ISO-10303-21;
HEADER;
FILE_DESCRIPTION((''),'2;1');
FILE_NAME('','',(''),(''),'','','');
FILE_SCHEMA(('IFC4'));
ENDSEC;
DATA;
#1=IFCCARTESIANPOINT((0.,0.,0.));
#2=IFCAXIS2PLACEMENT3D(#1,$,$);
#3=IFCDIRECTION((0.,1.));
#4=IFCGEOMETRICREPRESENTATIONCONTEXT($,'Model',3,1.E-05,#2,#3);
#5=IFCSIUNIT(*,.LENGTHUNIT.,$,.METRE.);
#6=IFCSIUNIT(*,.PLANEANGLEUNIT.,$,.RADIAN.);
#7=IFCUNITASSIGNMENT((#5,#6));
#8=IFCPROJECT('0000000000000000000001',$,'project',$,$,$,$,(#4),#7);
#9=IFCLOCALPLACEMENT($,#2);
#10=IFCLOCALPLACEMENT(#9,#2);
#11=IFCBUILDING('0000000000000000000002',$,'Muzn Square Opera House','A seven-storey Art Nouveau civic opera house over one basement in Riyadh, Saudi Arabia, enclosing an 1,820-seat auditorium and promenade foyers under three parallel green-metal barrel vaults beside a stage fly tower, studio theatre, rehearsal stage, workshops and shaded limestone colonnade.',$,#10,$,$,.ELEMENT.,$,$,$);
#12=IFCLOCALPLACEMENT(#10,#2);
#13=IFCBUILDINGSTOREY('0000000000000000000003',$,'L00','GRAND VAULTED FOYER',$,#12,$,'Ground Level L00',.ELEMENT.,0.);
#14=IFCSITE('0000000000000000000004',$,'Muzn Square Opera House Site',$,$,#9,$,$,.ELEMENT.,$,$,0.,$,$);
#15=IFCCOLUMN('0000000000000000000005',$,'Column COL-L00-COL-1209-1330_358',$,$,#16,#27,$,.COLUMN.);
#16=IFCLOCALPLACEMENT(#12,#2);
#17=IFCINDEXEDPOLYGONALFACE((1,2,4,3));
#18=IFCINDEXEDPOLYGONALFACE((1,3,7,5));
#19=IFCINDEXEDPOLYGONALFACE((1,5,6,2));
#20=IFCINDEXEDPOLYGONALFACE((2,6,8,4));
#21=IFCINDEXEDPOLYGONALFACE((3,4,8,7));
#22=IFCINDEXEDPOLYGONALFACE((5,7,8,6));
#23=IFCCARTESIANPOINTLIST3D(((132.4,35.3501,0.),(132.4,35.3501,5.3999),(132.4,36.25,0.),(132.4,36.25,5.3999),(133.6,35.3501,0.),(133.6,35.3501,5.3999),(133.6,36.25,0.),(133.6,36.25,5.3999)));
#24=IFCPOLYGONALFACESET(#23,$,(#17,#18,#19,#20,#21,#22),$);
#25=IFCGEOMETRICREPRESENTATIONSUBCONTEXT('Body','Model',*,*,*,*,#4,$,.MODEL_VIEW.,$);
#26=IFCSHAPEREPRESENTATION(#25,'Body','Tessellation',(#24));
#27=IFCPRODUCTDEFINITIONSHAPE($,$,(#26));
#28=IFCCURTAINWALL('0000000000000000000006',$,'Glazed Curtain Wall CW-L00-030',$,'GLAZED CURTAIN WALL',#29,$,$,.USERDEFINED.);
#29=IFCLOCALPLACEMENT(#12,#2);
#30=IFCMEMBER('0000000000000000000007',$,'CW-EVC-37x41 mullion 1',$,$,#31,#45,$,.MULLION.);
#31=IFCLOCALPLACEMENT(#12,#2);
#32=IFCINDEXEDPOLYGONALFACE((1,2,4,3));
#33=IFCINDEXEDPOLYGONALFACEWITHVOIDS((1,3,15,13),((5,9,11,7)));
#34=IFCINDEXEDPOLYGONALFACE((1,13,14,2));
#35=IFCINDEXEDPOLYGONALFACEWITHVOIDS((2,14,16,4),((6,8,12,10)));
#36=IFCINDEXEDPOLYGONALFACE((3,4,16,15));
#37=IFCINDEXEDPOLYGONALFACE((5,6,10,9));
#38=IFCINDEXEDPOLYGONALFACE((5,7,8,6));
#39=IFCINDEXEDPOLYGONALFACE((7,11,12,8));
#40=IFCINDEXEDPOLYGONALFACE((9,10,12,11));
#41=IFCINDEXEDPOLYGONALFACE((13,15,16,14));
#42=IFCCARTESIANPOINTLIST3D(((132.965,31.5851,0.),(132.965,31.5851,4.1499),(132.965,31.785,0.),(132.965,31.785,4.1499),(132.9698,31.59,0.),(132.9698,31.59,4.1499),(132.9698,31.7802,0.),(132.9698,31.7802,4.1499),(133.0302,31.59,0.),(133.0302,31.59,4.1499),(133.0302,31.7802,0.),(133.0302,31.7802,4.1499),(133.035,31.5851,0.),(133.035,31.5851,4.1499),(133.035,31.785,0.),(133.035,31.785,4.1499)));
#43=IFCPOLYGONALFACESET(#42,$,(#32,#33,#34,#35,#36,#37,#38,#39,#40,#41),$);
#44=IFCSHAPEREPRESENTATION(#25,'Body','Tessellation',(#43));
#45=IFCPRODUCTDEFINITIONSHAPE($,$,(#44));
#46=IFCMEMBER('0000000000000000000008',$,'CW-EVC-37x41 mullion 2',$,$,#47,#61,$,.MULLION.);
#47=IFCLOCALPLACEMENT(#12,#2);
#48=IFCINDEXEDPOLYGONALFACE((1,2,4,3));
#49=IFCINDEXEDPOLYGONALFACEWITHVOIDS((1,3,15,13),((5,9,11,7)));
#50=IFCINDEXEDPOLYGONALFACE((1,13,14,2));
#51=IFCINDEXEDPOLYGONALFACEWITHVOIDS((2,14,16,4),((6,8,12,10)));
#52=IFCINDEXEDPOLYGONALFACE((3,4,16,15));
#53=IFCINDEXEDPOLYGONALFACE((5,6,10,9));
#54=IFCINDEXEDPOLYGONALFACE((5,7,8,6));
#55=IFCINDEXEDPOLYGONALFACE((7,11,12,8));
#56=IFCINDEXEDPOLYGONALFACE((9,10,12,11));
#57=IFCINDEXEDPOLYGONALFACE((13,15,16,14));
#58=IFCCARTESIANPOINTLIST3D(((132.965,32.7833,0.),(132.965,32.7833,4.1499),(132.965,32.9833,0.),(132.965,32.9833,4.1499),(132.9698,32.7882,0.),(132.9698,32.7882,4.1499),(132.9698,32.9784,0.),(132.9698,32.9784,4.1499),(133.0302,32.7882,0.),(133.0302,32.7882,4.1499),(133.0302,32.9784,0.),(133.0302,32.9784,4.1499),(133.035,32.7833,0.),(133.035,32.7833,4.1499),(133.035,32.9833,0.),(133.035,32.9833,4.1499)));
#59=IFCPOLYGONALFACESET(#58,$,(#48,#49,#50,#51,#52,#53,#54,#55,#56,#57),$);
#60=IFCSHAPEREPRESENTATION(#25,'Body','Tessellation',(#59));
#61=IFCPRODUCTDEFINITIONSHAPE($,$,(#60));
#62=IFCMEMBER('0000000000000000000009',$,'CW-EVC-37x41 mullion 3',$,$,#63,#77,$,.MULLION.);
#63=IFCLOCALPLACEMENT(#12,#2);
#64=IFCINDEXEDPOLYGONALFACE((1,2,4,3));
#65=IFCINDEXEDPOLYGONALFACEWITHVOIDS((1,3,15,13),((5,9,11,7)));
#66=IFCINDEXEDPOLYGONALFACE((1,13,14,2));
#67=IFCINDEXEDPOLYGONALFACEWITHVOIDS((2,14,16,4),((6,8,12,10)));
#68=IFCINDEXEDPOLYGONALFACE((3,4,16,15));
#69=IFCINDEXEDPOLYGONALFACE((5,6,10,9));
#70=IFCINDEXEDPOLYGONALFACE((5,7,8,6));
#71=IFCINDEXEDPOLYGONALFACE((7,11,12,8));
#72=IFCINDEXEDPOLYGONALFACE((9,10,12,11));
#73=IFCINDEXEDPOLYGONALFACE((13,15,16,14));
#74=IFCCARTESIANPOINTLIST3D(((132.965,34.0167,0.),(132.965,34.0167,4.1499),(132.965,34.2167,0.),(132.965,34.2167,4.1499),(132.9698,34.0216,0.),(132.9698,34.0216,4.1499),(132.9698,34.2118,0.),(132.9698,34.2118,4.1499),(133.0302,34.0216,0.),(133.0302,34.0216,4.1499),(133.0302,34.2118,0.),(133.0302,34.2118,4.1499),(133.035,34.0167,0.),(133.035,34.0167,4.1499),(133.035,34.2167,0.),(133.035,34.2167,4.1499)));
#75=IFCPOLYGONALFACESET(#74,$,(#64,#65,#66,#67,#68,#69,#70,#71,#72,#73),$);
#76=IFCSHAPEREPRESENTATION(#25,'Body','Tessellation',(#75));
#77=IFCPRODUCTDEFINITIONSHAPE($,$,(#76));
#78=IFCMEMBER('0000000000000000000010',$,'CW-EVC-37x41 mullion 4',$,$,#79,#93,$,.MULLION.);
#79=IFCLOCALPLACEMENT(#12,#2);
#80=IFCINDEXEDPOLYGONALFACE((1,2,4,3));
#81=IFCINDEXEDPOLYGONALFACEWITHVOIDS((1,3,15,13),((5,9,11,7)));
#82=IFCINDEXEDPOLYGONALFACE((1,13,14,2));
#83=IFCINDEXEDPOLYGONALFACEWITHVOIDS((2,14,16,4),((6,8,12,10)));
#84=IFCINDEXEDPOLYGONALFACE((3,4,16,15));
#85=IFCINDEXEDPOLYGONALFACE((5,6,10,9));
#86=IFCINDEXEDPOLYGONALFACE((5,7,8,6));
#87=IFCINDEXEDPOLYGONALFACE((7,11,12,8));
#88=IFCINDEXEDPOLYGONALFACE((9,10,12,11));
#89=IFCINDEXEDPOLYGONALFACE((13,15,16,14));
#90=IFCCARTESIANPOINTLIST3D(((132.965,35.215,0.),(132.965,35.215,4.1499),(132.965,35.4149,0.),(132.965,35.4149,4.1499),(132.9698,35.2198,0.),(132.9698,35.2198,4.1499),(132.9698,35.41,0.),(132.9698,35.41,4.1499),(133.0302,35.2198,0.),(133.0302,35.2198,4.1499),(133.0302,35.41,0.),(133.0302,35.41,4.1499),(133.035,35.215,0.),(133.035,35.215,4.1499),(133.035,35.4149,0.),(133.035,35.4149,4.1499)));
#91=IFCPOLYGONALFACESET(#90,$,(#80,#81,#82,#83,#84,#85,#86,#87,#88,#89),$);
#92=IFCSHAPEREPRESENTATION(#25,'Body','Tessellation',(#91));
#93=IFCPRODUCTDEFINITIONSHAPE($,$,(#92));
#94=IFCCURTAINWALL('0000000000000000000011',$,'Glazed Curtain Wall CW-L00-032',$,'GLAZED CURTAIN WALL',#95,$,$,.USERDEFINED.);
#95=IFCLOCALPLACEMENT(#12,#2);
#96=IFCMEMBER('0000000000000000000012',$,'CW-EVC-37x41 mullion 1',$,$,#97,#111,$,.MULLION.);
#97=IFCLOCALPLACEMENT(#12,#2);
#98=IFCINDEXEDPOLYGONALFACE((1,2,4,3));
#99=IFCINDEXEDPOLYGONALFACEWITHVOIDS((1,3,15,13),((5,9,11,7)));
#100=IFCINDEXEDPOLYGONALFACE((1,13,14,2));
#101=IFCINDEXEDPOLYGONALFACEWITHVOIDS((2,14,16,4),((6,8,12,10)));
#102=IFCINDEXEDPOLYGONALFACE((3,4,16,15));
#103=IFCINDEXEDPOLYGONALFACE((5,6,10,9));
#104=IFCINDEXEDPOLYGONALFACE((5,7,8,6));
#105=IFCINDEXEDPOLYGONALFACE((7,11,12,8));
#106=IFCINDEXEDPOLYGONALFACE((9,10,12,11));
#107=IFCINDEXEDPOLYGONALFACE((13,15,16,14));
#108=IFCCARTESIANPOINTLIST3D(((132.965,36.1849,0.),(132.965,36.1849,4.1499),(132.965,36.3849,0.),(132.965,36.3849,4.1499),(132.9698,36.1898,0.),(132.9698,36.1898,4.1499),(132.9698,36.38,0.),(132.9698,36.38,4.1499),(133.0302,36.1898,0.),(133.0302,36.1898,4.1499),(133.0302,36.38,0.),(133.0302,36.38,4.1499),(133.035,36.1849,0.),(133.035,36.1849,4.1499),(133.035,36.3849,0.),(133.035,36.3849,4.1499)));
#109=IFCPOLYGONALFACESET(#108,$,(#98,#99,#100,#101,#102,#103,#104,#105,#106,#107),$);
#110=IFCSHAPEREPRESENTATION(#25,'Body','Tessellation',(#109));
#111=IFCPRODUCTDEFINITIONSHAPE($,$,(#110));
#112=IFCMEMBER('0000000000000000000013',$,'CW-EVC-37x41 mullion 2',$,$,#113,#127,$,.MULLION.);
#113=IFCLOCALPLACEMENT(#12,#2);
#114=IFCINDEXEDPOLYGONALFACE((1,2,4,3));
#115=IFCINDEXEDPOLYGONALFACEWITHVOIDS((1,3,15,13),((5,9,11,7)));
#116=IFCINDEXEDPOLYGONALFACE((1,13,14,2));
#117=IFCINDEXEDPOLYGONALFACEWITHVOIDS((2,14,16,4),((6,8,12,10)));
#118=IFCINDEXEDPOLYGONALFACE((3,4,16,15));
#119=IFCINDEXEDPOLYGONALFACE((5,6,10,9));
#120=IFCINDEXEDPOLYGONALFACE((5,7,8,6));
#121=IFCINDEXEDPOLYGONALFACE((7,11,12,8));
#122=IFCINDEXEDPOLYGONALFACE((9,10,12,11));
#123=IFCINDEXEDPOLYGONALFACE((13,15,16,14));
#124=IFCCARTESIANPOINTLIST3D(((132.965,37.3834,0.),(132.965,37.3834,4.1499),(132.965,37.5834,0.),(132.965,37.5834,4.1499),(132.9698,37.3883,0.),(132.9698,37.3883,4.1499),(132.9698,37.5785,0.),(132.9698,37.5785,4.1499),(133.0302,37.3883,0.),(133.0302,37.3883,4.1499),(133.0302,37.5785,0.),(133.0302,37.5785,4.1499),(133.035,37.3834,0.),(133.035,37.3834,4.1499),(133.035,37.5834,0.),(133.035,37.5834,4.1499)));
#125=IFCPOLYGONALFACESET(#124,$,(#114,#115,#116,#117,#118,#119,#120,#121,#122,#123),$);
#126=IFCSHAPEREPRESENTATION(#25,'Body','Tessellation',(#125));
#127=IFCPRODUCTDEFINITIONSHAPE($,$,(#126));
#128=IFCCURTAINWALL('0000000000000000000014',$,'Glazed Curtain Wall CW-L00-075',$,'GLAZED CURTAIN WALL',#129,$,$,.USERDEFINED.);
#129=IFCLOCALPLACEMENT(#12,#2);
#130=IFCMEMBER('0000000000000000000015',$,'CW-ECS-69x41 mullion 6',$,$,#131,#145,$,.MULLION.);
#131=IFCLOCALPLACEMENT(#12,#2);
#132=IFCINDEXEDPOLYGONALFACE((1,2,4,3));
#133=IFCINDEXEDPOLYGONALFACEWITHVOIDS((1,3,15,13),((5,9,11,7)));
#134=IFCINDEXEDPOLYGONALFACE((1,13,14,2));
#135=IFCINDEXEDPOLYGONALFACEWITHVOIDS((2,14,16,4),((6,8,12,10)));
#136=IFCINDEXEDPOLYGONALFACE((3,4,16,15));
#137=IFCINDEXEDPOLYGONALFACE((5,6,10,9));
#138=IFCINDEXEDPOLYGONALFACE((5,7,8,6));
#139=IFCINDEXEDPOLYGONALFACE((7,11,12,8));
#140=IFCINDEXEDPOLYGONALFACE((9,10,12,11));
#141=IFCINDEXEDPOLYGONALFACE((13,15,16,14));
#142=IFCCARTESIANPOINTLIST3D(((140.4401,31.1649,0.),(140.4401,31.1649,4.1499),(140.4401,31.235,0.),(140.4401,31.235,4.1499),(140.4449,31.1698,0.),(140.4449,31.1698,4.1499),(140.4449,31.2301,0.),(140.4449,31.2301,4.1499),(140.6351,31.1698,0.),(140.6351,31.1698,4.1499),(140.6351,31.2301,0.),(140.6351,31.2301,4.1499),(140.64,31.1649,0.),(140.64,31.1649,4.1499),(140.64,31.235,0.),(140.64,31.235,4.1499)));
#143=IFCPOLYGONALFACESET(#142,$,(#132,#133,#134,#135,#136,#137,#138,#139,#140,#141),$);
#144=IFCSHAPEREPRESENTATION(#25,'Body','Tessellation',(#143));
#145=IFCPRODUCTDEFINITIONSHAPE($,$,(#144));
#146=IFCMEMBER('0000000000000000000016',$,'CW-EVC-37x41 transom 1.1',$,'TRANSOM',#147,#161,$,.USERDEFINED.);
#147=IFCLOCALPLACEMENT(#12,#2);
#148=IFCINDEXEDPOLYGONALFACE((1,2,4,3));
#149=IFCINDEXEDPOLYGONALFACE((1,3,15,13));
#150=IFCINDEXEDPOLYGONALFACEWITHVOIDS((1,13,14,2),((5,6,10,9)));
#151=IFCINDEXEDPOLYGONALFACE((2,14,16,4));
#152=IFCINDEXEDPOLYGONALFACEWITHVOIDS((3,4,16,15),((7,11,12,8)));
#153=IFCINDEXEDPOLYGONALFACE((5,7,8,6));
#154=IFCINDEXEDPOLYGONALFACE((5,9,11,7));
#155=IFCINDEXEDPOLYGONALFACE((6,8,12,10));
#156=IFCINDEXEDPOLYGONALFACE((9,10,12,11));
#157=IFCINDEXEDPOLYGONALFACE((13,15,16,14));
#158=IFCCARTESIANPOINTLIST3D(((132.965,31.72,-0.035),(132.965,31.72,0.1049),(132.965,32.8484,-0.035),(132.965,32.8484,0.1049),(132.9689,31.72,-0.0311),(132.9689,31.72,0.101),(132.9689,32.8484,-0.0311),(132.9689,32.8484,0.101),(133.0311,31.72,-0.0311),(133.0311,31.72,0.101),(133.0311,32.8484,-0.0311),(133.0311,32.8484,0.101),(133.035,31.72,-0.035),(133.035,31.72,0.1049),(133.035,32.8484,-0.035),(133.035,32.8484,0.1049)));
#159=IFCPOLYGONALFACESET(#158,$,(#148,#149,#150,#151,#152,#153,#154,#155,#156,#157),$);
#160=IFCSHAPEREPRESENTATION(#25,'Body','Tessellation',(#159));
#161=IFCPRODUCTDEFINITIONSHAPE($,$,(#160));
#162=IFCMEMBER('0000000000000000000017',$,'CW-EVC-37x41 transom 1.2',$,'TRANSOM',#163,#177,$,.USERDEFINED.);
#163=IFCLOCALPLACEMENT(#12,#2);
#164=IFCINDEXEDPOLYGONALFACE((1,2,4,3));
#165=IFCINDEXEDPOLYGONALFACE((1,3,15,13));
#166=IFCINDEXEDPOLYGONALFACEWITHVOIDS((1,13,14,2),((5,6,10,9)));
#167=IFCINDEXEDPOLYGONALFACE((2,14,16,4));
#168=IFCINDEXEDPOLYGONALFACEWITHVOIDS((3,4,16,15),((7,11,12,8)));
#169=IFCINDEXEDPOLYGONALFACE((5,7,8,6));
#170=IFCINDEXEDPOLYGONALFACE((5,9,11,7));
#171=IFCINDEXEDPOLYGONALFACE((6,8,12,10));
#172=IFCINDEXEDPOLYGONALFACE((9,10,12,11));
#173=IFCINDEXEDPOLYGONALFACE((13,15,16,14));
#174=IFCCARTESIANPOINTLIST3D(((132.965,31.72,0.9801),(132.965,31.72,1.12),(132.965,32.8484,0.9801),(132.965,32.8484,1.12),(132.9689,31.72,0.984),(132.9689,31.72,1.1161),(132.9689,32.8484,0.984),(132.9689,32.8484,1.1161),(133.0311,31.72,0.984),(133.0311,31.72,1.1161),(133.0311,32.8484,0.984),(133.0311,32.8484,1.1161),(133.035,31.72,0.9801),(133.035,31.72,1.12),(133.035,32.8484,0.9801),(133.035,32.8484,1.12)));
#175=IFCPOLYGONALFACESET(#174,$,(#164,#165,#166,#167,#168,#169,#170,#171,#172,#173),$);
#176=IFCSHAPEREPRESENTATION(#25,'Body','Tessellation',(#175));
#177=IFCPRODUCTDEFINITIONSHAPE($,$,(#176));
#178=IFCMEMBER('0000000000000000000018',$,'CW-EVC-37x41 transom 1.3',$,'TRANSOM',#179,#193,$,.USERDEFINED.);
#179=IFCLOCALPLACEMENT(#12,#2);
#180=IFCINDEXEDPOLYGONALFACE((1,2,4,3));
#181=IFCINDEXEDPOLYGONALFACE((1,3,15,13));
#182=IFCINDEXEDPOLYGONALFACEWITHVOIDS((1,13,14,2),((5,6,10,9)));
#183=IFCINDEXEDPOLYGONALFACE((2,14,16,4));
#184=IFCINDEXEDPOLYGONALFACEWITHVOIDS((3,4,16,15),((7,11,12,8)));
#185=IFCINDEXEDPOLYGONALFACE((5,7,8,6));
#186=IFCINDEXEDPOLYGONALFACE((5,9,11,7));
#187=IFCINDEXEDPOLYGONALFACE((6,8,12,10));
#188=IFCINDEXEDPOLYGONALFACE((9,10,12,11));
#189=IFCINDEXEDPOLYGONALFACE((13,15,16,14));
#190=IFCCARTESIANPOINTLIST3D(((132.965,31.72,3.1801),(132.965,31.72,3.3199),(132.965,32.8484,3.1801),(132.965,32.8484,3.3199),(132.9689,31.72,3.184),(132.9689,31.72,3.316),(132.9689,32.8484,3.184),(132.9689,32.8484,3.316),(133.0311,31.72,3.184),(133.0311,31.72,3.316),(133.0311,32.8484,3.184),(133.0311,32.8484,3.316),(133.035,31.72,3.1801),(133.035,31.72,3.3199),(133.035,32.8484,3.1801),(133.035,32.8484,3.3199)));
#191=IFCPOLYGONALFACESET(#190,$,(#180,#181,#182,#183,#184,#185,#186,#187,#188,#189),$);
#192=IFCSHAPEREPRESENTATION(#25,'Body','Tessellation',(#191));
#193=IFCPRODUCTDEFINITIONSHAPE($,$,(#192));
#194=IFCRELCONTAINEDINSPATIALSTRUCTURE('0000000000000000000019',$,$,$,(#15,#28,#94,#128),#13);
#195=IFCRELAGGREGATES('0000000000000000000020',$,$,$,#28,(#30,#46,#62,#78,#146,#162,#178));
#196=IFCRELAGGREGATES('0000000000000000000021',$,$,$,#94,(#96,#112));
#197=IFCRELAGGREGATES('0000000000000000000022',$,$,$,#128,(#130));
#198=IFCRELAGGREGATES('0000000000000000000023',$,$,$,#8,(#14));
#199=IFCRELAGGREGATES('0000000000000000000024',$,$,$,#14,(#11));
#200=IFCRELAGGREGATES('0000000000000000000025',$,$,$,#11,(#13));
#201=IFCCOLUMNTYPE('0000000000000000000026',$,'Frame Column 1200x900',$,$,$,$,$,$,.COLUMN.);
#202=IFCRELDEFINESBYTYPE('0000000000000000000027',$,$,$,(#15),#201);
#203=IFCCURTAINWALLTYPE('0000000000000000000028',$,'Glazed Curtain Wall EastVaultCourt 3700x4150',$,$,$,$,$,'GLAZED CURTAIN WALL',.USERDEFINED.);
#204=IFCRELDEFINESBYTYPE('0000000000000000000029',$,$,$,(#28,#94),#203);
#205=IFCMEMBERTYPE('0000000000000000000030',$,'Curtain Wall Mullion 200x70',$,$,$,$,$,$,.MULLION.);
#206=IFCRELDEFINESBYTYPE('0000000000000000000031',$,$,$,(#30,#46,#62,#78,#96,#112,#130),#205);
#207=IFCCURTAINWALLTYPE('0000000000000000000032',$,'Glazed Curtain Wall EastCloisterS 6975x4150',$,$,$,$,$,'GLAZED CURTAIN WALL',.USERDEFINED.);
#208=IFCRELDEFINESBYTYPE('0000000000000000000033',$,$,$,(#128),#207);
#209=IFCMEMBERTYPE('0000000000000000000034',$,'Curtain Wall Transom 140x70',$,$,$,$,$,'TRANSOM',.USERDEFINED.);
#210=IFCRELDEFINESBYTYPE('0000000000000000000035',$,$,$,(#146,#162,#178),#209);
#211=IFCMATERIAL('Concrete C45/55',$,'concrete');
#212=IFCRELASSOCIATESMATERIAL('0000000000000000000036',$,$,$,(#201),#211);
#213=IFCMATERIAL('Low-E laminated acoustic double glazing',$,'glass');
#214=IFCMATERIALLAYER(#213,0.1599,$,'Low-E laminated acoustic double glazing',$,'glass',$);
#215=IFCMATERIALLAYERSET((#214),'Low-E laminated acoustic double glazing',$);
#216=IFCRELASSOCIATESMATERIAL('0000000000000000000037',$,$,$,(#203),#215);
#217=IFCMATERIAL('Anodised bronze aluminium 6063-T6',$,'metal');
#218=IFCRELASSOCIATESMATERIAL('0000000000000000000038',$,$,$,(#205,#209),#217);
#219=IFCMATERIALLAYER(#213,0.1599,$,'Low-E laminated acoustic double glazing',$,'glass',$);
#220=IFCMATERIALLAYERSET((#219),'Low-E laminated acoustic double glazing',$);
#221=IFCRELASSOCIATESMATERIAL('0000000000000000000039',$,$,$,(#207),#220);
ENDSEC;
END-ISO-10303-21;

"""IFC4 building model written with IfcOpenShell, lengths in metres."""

from ifc_helpers import new_model, si_unit, direction, frame, origin, origin_2d, place, context, subcontext, project, spatial, rectangle, hollow_rectangle, extrude, material, layer, layer_set, material_profile, profile_set, type_object, element, aggregate, save


model = new_model("IFC4")

# Units and contexts
model_context = context("Model", 3, precision=1e-05, world=origin(), true_north=direction((0.0, 1.0)))
body_context = subcontext(model_context, "Body", "Model", "MODEL_VIEW")
ifc_project = project(units=[si_unit("LENGTHUNIT", "METRE"), si_unit("PLANEANGLEUNIT", "RADIAN")], contexts=[model_context])

# Site, building, storey
site_placement = place(None, origin())
site = spatial("IfcSite", under=ifc_project, at=site_placement, Name="Muzn Square Opera House Site", CompositionType="ELEMENT", RefElevation=0.0)
building_placement = place(site_placement, origin())
building = spatial("IfcBuilding", under=site, at=building_placement, Name="Muzn Square Opera House", Description="A seven-storey Art Nouveau civic opera house over one basement in Riyadh, Saudi Arabia, enclosing an 1,820-seat auditorium and promenade foyers under three parallel green-metal barrel vaults beside a stage fly tower, studio theatre, rehearsal stage, workshops and shaded limestone colonnade.", CompositionType="ELEMENT")
storey_placement = place(building_placement, origin())
storey = spatial("IfcBuildingStorey", under=building, at=storey_placement, Name="L00", Description="GRAND VAULTED FOYER", LongName="Ground Level L00", CompositionType="ELEMENT", Elevation=0.0)

# Column
ifc_material_1 = material(Name="Concrete C45/55", Category="concrete")
ifc_material_profile_1 = material_profile(ifc_material_1, rectangle(XDim=1.2, YDim=0.8999, at=origin_2d()), Name="RC 1200x900", Category="concrete")
ifc_profile_set_1 = profile_set([ifc_material_profile_1], Name="Concrete C45/55")
column_type = type_object("IfcColumnType", Name="Frame Column 1200x900", PredefinedType="COLUMN", material=ifc_profile_set_1)
column_placement = place(storey_placement, frame((133.0, 35.8, 0.0), z_axis=(0.0, 0.0, 1.0), x_axis=(1.0, 0.0, 0.0)))
element("IfcColumn", 1, at=column_placement, inside=storey, type_object=column_type, Name="Column COL-L00-COL-1209-1330_358", PredefinedType="COLUMN", context=body_context, shape_type="SweptSolid", body=[
    extrude(rectangle(XDim=1.2, YDim=0.8999, at=origin_2d()), origin(), (0.0, 0.0, 1.0), 5.3999),
])

# Curtain walls, members
ifc_material_2 = material(Name="Low-E laminated acoustic double glazing", Category="glass")
ifc_layer_1 = layer(ifc_material_2, 0.1599, Name="Low-E laminated acoustic double glazing", Category="glass")
ifc_layer_set_1 = layer_set([ifc_layer_1], Name="Low-E laminated acoustic double glazing")
curtain_wall_type_1 = type_object("IfcCurtainWallType", Name="Glazed Curtain Wall EastVaultCourt 3700x4150", ElementType="GLAZED CURTAIN WALL", PredefinedType="USERDEFINED", material=ifc_layer_set_1)
curtain_wall_1_placement = place(storey_placement, origin())
curtain_wall_1 = element("IfcCurtainWall", 2, at=curtain_wall_1_placement, inside=storey, type_object=curtain_wall_type_1, Name="Glazed Curtain Wall CW-L00-030", ObjectType="GLAZED CURTAIN WALL", PredefinedType="USERDEFINED")
ifc_material_3 = material(Name="Anodised bronze aluminium 6063-T6", Category="metal")
ifc_material_profile_2 = material_profile(ifc_material_3, hollow_rectangle(XDim=0.0701, YDim=0.2, WallThickness=0.0049, at=origin_2d()), Name="ALU 200x70x5", Category="metal")
ifc_profile_set_2 = profile_set([ifc_material_profile_2], Name="Anodised bronze aluminium 6063-T6")
member_type_1 = type_object("IfcMemberType", Name="Curtain Wall Mullion 200x70", PredefinedType="MULLION", material=ifc_profile_set_2)
member_1_placement = place(storey_placement, frame((133.0, 31.6851, 0.0), z_axis=(0.0, 0.0, 1.0), x_axis=(-1.0, 0.0, 0.0)))
member_1 = element("IfcMember", 3, at=member_1_placement, type_object=member_type_1, Name="CW-EVC-37x41 mullion 1", PredefinedType="MULLION", context=body_context, shape_type="SweptSolid", body=[
    extrude(hollow_rectangle(XDim=0.0701, YDim=0.2, WallThickness=0.0049, at=origin_2d()), origin(), (0.0, 0.0, 1.0), 4.1499),
])
member_2_placement = place(storey_placement, frame((133.0, 32.8833, 0.0), z_axis=(0.0, 0.0, 1.0), x_axis=(-1.0, 0.0, 0.0)))
member_2 = element("IfcMember", 4, at=member_2_placement, type_object=member_type_1, Name="CW-EVC-37x41 mullion 2", PredefinedType="MULLION", context=body_context, shape_type="SweptSolid", body=[
    extrude(hollow_rectangle(XDim=0.0701, YDim=0.2, WallThickness=0.0049, at=origin_2d()), origin(), (0.0, 0.0, 1.0), 4.1499),
])
member_3_placement = place(storey_placement, frame((133.0, 34.1167, 0.0), z_axis=(0.0, 0.0, 1.0), x_axis=(-1.0, 0.0, 0.0)))
member_3 = element("IfcMember", 5, at=member_3_placement, type_object=member_type_1, Name="CW-EVC-37x41 mullion 3", PredefinedType="MULLION", context=body_context, shape_type="SweptSolid", body=[
    extrude(hollow_rectangle(XDim=0.0701, YDim=0.2, WallThickness=0.0049, at=origin_2d()), origin(), (0.0, 0.0, 1.0), 4.1499),
])
member_4_placement = place(storey_placement, frame((133.0, 35.3149, 0.0), z_axis=(0.0, 0.0, 1.0), x_axis=(-1.0, 0.0, 0.0)))
member_4 = element("IfcMember", 6, at=member_4_placement, type_object=member_type_1, Name="CW-EVC-37x41 mullion 4", PredefinedType="MULLION", context=body_context, shape_type="SweptSolid", body=[
    extrude(hollow_rectangle(XDim=0.0701, YDim=0.2, WallThickness=0.0049, at=origin_2d()), origin(), (0.0, 0.0, 1.0), 4.1499),
])
curtain_wall_2_placement = place(storey_placement, origin())
curtain_wall_2 = element("IfcCurtainWall", 7, at=curtain_wall_2_placement, inside=storey, type_object=curtain_wall_type_1, Name="Glazed Curtain Wall CW-L00-032", ObjectType="GLAZED CURTAIN WALL", PredefinedType="USERDEFINED")
member_5_placement = place(storey_placement, frame((133.0, 36.2849, 0.0), z_axis=(0.0, 0.0, 1.0), x_axis=(-1.0, 0.0, 0.0)))
member_5 = element("IfcMember", 8, at=member_5_placement, type_object=member_type_1, Name="CW-EVC-37x41 mullion 1", PredefinedType="MULLION", context=body_context, shape_type="SweptSolid", body=[
    extrude(hollow_rectangle(XDim=0.0701, YDim=0.2, WallThickness=0.0049, at=origin_2d()), origin(), (0.0, 0.0, 1.0), 4.1499),
])
member_6_placement = place(storey_placement, frame((133.0, 37.4834, 0.0), z_axis=(0.0, 0.0, 1.0), x_axis=(-1.0, 0.0, 0.0)))
member_6 = element("IfcMember", 9, at=member_6_placement, type_object=member_type_1, Name="CW-EVC-37x41 mullion 2", PredefinedType="MULLION", context=body_context, shape_type="SweptSolid", body=[
    extrude(hollow_rectangle(XDim=0.0701, YDim=0.2, WallThickness=0.0049, at=origin_2d()), origin(), (0.0, 0.0, 1.0), 4.1499),
])

# Curtain wall, member
ifc_layer_2 = layer(ifc_material_2, 0.1599, Name="Low-E laminated acoustic double glazing", Category="glass")
ifc_layer_set_2 = layer_set([ifc_layer_2], Name="Low-E laminated acoustic double glazing")
curtain_wall_type_2 = type_object("IfcCurtainWallType", Name="Glazed Curtain Wall EastCloisterS 6975x4150", ElementType="GLAZED CURTAIN WALL", PredefinedType="USERDEFINED", material=ifc_layer_set_2)
curtain_wall_3_placement = place(storey_placement, origin())
curtain_wall_3 = element("IfcCurtainWall", 10, at=curtain_wall_3_placement, inside=storey, type_object=curtain_wall_type_2, Name="Glazed Curtain Wall CW-L00-075", ObjectType="GLAZED CURTAIN WALL", PredefinedType="USERDEFINED")
member_7_placement = place(storey_placement, frame((140.54, 31.2, 0.0), z_axis=(0.0, 0.0, 1.0), x_axis=(0.0, 1.0, 0.0)))
member_7 = element("IfcMember", 11, at=member_7_placement, type_object=member_type_1, Name="CW-ECS-69x41 mullion 6", PredefinedType="MULLION", context=body_context, shape_type="SweptSolid", body=[
    extrude(hollow_rectangle(XDim=0.0701, YDim=0.2, WallThickness=0.0049, at=origin_2d()), origin(), (0.0, 0.0, 1.0), 4.1499),
])

# Members
ifc_material_profile_3 = material_profile(ifc_material_3, hollow_rectangle(XDim=0.0701, YDim=0.1399, WallThickness=0.0039, at=origin_2d()), Name="ALU 140x70x4", Category="metal")
ifc_profile_set_3 = profile_set([ifc_material_profile_3], Name="Anodised bronze aluminium 6063-T6")
member_type_2 = type_object("IfcMemberType", Name="Curtain Wall Transom 140x70", ElementType="TRANSOM", PredefinedType="USERDEFINED", material=ifc_profile_set_3)
member_8_placement = place(storey_placement, frame((133.0, 31.72, 0.0349), z_axis=(0.0, 1.0, 0.0), x_axis=(-1.0, 0.0, 0.0)))
member_8 = element("IfcMember", 12, at=member_8_placement, type_object=member_type_2, Name="CW-EVC-37x41 transom 1.1", ObjectType="TRANSOM", PredefinedType="USERDEFINED", context=body_context, shape_type="SweptSolid", body=[
    extrude(hollow_rectangle(XDim=0.0701, YDim=0.1399, WallThickness=0.0039, at=origin_2d()), origin(), (0.0, 0.0, 1.0), 1.1284),
])
member_9_placement = place(storey_placement, frame((133.0, 31.72, 1.05), z_axis=(0.0, 1.0, 0.0), x_axis=(-1.0, 0.0, 0.0)))
member_9 = element("IfcMember", 13, at=member_9_placement, type_object=member_type_2, Name="CW-EVC-37x41 transom 1.2", ObjectType="TRANSOM", PredefinedType="USERDEFINED", context=body_context, shape_type="SweptSolid", body=[
    extrude(hollow_rectangle(XDim=0.0701, YDim=0.1399, WallThickness=0.0039, at=origin_2d()), origin(), (0.0, 0.0, 1.0), 1.1284),
])
member_10_placement = place(storey_placement, frame((133.0, 31.72, 3.25), z_axis=(0.0, 1.0, 0.0), x_axis=(-1.0, 0.0, 0.0)))
member_10 = element("IfcMember", 14, at=member_10_placement, type_object=member_type_2, Name="CW-EVC-37x41 transom 1.3", ObjectType="TRANSOM", PredefinedType="USERDEFINED", context=body_context, shape_type="SweptSolid", body=[
    extrude(hollow_rectangle(XDim=0.0701, YDim=0.1399, WallThickness=0.0039, at=origin_2d()), origin(), (0.0, 0.0, 1.0), 1.1284),
])

aggregate(curtain_wall_1, [member_1, member_2, member_3, member_4, member_8, member_9, member_10])
aggregate(curtain_wall_2, [member_5, member_6])
aggregate(curtain_wall_3, [member_7])

save(model, "model.ifc")
